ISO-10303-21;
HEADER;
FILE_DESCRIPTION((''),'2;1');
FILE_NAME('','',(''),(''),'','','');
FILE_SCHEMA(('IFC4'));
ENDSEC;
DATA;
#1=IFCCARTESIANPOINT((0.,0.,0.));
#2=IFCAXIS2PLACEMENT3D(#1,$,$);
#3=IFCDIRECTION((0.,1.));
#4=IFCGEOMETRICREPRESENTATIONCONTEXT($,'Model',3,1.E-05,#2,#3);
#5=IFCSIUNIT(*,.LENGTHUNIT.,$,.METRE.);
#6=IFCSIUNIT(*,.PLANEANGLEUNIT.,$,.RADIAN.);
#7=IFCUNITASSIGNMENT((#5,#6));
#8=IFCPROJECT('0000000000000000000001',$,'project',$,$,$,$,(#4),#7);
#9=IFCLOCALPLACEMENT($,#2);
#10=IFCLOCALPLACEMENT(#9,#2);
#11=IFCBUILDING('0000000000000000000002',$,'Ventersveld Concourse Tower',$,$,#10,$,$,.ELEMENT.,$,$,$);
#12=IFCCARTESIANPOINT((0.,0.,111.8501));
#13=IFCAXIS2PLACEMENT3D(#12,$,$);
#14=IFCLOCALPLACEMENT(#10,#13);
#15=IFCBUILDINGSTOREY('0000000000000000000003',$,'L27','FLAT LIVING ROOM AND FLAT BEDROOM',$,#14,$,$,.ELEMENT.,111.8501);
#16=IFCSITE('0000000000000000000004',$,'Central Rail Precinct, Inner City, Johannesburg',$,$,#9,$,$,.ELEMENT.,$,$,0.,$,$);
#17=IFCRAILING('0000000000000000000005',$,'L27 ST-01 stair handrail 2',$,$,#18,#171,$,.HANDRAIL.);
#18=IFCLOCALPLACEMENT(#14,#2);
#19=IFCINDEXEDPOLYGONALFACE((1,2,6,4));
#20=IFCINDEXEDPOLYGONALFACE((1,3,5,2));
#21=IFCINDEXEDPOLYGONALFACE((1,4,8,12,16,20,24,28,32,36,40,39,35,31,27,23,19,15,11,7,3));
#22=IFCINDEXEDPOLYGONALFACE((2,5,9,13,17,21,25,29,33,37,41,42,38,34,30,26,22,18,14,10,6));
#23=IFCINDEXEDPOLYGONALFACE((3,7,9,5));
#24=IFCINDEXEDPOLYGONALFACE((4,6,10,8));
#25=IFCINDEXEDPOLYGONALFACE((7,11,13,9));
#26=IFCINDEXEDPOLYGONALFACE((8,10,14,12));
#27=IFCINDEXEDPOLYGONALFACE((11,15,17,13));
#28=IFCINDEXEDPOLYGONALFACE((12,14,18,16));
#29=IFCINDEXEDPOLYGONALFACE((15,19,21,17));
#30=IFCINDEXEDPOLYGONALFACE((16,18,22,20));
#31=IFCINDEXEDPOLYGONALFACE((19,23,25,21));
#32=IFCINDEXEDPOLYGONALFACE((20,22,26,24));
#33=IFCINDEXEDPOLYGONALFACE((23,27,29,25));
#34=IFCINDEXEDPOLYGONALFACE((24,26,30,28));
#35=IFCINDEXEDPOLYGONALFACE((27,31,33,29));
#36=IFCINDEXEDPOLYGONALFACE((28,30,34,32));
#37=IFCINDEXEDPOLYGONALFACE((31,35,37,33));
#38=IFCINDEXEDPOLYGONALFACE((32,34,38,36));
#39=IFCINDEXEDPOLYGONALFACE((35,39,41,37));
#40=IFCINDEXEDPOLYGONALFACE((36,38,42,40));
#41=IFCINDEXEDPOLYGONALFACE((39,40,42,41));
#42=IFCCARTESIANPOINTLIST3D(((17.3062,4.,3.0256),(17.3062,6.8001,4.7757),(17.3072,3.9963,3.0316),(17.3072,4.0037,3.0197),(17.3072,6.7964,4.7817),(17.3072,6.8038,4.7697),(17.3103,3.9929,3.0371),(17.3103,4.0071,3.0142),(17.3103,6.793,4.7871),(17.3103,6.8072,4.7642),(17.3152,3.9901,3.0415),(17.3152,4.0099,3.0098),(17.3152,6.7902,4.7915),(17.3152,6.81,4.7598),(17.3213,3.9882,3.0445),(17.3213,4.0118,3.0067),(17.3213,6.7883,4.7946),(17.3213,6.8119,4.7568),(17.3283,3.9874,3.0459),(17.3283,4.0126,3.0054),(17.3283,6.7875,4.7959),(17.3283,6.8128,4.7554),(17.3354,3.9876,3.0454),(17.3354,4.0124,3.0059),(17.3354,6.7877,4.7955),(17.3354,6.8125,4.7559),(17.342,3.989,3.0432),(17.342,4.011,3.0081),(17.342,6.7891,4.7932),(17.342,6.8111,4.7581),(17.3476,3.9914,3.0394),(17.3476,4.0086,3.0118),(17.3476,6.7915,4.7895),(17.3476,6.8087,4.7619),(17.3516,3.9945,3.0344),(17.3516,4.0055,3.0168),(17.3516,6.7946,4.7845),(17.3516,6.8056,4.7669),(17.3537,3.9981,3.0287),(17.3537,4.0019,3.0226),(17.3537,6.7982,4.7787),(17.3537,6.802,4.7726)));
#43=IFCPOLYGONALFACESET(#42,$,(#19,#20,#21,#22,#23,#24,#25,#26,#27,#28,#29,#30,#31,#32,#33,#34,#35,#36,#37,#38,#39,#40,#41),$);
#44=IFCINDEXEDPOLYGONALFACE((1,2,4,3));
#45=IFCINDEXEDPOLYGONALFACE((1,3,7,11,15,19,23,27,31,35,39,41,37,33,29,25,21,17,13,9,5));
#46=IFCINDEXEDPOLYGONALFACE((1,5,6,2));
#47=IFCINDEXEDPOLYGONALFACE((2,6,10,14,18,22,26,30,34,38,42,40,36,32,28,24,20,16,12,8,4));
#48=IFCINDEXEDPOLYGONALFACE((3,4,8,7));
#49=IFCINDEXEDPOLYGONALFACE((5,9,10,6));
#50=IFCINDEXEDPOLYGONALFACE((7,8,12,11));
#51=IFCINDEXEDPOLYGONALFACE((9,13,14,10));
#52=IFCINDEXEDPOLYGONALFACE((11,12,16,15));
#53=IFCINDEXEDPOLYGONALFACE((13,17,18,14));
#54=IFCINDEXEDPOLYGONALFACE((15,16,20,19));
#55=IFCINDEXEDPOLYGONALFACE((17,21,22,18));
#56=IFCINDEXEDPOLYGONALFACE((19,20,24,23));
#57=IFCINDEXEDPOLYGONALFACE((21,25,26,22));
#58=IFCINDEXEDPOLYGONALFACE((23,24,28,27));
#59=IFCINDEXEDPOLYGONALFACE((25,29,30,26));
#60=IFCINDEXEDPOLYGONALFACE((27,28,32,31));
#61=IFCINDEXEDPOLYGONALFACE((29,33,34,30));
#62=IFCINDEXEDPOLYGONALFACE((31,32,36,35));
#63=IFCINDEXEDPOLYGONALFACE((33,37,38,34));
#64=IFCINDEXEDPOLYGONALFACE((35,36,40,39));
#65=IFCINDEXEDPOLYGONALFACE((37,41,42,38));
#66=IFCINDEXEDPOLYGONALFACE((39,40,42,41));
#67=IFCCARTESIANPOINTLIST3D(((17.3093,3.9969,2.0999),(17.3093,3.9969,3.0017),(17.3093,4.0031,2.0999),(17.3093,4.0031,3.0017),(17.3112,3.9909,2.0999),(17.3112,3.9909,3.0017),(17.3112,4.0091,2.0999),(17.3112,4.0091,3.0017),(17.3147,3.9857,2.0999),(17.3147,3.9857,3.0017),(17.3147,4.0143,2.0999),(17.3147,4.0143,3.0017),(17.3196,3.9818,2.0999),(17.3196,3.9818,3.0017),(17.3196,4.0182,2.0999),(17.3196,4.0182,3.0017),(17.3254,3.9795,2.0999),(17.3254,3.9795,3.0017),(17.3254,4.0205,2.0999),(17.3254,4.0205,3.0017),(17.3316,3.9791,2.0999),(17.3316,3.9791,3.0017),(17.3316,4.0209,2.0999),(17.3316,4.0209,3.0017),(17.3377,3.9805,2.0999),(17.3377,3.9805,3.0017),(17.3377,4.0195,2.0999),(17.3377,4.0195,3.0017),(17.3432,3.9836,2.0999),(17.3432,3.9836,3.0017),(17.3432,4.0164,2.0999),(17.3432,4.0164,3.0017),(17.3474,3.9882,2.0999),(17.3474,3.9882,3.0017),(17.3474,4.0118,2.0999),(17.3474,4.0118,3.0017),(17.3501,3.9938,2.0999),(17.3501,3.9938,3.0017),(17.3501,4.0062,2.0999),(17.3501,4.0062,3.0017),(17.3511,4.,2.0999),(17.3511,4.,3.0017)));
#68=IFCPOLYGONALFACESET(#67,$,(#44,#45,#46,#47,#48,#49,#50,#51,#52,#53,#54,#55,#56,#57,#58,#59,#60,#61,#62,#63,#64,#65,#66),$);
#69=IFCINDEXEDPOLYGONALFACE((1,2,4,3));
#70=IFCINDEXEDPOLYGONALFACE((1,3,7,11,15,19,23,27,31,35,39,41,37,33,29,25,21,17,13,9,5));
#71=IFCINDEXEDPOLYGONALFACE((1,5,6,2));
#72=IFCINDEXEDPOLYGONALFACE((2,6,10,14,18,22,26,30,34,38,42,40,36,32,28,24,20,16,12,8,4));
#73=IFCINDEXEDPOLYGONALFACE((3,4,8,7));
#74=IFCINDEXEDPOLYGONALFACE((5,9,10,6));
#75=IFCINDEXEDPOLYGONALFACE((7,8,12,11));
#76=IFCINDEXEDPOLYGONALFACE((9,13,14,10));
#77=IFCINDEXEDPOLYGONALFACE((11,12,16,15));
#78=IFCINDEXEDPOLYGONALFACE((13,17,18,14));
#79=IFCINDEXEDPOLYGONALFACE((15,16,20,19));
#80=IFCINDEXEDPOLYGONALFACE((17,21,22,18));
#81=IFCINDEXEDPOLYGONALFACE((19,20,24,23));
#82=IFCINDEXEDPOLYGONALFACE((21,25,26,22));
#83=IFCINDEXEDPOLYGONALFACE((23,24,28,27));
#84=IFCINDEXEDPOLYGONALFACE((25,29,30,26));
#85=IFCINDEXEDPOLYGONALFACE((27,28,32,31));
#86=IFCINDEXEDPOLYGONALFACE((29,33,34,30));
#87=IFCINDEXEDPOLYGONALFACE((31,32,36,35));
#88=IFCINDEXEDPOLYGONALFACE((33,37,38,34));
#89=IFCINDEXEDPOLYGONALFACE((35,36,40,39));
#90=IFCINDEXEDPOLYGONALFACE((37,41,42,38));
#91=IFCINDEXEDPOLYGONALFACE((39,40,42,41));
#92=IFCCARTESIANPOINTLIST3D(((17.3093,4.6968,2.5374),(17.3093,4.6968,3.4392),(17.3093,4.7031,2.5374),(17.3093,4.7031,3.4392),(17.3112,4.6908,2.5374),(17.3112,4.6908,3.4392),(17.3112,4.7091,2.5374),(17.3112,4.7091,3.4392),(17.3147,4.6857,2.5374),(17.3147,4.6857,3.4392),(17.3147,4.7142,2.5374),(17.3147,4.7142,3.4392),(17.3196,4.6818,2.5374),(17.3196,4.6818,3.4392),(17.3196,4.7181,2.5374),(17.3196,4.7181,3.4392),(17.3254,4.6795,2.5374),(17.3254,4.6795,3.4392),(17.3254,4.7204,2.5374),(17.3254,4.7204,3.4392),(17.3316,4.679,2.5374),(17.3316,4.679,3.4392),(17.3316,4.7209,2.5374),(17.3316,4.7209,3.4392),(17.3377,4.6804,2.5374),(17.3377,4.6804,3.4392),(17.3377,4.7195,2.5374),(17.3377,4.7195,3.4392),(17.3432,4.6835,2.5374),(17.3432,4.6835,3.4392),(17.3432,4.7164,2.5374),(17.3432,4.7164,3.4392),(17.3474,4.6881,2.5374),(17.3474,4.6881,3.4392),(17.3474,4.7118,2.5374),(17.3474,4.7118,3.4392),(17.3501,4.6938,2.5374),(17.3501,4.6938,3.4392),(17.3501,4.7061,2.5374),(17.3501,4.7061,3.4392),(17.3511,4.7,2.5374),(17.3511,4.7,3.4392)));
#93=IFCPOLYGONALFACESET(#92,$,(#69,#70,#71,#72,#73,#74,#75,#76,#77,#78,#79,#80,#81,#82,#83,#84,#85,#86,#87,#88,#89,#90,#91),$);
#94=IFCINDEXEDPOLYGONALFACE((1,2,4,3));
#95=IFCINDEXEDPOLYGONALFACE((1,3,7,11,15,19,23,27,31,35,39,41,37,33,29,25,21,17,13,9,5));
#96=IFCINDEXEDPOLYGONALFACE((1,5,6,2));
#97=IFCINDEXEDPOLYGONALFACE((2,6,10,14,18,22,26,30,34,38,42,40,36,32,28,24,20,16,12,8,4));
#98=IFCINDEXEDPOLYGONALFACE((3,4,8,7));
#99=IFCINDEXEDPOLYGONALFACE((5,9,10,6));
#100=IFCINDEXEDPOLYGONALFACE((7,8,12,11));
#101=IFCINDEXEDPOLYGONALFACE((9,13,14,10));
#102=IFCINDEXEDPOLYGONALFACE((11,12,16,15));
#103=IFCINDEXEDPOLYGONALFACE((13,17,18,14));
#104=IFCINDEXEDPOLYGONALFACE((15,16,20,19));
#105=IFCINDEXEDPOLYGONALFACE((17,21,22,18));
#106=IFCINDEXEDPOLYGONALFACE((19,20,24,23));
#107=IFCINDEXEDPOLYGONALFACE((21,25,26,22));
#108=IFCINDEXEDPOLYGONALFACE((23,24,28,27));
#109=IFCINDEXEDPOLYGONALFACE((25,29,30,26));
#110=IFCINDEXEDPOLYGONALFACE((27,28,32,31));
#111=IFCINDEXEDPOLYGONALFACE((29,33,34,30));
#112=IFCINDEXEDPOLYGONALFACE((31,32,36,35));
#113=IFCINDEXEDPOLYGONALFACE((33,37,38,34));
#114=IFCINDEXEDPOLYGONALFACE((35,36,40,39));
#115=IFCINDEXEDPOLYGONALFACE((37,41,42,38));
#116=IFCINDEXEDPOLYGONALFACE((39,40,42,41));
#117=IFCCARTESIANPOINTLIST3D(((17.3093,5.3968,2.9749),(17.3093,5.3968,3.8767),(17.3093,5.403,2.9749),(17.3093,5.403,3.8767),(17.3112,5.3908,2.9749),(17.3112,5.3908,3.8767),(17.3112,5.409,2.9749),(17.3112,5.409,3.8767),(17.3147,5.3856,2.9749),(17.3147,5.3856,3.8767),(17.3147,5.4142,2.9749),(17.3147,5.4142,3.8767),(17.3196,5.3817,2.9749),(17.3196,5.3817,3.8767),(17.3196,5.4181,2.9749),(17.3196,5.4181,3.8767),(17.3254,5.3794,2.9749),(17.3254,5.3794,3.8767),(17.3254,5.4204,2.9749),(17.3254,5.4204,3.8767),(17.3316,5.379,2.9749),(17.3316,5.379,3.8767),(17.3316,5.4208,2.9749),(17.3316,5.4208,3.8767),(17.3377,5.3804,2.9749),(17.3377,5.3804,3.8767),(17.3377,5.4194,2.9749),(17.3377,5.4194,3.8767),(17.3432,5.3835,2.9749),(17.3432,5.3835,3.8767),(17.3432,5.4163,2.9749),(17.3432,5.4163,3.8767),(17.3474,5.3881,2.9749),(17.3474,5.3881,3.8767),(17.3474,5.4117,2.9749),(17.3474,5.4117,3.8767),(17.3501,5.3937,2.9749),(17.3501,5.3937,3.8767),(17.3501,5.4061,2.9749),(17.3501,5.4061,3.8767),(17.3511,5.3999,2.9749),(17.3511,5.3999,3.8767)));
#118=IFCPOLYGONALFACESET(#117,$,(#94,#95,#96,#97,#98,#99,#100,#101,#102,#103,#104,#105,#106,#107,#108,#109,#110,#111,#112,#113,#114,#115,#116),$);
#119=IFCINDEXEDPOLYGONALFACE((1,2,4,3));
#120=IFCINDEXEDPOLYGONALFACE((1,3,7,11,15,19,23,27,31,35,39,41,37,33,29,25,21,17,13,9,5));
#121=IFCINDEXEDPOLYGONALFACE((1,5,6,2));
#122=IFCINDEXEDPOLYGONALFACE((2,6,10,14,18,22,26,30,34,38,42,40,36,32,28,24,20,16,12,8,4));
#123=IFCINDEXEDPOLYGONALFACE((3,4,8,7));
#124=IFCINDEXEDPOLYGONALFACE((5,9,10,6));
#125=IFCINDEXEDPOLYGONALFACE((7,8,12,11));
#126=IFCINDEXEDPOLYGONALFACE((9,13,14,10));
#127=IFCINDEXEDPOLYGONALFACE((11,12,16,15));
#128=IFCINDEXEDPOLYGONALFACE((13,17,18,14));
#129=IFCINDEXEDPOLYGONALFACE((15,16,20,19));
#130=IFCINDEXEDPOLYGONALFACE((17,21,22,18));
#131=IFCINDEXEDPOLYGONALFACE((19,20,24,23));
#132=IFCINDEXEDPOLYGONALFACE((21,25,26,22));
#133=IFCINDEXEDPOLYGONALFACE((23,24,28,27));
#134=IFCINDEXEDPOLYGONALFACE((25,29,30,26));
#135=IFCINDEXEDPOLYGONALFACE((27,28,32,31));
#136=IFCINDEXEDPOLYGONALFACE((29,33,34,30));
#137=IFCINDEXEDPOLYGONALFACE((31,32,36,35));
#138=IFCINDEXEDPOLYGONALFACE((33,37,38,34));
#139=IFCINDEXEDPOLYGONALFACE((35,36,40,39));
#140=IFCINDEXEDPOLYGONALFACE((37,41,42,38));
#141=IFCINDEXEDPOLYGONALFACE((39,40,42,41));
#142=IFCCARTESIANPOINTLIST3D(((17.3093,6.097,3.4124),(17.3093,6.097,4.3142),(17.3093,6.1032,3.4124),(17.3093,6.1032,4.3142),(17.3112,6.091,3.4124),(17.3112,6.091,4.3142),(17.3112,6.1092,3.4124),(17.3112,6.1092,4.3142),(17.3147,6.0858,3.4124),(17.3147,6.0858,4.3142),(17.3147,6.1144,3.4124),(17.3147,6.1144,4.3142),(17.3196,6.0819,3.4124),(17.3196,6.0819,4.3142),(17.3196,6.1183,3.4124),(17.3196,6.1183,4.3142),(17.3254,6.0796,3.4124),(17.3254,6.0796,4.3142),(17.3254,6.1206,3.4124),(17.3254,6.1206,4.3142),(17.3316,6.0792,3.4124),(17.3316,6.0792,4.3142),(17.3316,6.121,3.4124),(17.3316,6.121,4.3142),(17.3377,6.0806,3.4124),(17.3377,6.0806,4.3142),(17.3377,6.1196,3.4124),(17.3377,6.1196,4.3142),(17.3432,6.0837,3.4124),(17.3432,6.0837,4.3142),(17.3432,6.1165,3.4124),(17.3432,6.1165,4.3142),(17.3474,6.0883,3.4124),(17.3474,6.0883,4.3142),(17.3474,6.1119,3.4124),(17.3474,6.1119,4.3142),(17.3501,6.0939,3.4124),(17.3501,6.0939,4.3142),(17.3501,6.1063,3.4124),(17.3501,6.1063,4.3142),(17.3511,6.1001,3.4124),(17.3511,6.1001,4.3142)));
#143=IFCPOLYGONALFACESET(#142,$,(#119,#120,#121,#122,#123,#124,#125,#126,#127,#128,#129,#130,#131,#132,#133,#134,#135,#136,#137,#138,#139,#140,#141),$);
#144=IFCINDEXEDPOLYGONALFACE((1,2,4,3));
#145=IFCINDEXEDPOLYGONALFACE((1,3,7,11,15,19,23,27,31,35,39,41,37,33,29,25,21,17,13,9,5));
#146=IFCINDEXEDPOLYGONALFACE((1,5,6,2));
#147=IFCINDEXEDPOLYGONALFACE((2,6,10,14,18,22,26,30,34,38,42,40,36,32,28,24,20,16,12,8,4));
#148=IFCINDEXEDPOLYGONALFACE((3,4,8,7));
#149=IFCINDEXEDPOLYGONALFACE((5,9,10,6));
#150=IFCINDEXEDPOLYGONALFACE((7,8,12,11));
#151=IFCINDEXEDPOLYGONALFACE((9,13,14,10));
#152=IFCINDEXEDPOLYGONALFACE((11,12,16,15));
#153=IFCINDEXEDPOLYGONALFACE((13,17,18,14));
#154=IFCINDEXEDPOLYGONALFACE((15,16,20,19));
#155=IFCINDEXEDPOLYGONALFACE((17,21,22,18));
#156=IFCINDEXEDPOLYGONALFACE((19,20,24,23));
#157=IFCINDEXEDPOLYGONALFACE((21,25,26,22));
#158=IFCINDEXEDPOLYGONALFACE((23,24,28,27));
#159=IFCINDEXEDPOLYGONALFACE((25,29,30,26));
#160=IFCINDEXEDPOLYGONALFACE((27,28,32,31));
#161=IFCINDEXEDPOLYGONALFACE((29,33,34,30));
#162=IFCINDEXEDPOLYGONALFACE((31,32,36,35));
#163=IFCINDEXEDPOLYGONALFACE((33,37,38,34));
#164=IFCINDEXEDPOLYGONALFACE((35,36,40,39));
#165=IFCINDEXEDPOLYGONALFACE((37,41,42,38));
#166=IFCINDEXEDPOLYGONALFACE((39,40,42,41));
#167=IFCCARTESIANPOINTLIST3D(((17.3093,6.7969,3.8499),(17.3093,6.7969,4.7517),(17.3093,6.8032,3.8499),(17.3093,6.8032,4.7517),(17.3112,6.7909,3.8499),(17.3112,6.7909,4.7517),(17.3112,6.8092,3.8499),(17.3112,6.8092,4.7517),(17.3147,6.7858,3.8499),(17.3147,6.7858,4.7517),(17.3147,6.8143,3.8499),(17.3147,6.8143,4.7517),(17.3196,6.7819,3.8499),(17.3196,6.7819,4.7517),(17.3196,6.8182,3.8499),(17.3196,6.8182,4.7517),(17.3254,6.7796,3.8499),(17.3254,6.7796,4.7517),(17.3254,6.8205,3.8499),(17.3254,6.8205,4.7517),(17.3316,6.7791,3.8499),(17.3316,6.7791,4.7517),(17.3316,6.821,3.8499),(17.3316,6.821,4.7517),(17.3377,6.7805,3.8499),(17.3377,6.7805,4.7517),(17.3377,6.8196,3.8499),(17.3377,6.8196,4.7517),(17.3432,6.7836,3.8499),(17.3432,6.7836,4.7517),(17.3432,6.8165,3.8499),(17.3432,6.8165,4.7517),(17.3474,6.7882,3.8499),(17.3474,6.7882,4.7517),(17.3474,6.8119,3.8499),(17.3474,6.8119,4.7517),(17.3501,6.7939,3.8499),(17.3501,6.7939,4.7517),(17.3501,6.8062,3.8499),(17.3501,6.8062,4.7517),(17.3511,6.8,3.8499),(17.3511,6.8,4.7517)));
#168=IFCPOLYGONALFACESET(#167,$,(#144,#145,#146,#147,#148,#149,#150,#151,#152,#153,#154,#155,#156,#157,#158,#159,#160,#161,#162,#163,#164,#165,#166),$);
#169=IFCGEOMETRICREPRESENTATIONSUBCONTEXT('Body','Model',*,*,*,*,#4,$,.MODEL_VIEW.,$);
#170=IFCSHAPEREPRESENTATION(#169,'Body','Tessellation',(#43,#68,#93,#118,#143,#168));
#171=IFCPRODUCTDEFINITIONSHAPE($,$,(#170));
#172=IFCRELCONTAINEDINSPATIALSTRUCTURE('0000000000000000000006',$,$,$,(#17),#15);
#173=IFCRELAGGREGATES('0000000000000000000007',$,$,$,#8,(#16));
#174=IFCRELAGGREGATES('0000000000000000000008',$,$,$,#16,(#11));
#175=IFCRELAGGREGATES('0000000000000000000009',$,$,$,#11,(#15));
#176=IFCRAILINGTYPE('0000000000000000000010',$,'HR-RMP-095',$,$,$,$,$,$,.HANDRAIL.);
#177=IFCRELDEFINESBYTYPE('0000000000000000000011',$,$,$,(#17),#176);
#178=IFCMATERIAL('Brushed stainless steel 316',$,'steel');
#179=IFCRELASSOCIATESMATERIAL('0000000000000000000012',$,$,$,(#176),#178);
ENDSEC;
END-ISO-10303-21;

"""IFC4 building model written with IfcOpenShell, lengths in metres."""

from ifc_helpers import new_model, si_unit, direction, frame, origin, origin_2d, place, context, subcontext, project, spatial, circle, extrude, material, type_object, element, save


model = new_model("IFC4")

# Units and contexts
model_context = context("Model", 3, precision=1e-05, world=origin(), true_north=direction((0.0, 1.0)))
body_context = subcontext(model_context, "Body", "Model", "MODEL_VIEW")
ifc_project = project(units=[si_unit("LENGTHUNIT", "METRE"), si_unit("PLANEANGLEUNIT", "RADIAN")], contexts=[model_context])

# Site, building, storey
site_placement = place(None, origin())
site = spatial("IfcSite", under=ifc_project, at=site_placement, Name="Central Rail Precinct, Inner City, Johannesburg", CompositionType="ELEMENT", RefElevation=0.0)
building_placement = place(site_placement, origin())
building = spatial("IfcBuilding", under=site, at=building_placement, Name="Ventersveld Concourse Tower", CompositionType="ELEMENT")
storey_placement = place(building_placement, frame((0.0, 0.0, 111.8501)))
storey = spatial("IfcBuildingStorey", under=building, at=storey_placement, Name="L27", Description="FLAT LIVING ROOM AND FLAT BEDROOM", CompositionType="ELEMENT", Elevation=111.8501)

# Shared definitions
ifc_material_1 = material(Name="Brushed stainless steel 316", Category="steel")

# Railing
railing_type_1 = type_object("IfcRailingType", Name="HR-RMP-095", PredefinedType="HANDRAIL", material=ifc_material_1)
railing_1_placement = place(storey_placement, frame((17.3301, 4.0, 2.0999)))
element("IfcRailing", 1, at=railing_1_placement, inside=storey, type_object=railing_type_1, Name="L27 ST-01 stair handrail 2", PredefinedType="HANDRAIL", context=body_context, shape_type="SweptSolid", body=[
    extrude(circle(Radius=0.0239, at=origin_2d()), frame((0.0, 0.0, 0.9258), z_axis=(0.0, 0.848002, 0.529992), x_axis=(-1.0, 0.0, 0.0)), (0.0, 0.0, 1.0), 3.302),
    extrude(circle(Radius=0.021, at=origin_2d()), origin(), (0.0, 0.0, 1.0), 0.9019),
    extrude(circle(Radius=0.021, at=origin_2d()), frame((0.0, 0.7, 0.4375)), (0.0, 0.0, 1.0), 0.9019),
    extrude(circle(Radius=0.021, at=origin_2d()), frame((0.0, 1.3999, 0.875)), (0.0, 0.0, 1.0), 0.9019),
    extrude(circle(Radius=0.021, at=origin_2d()), frame((0.0, 2.1001, 1.3125)), (0.0, 0.0, 1.0), 0.9019),
    extrude(circle(Radius=0.021, at=origin_2d()), frame((0.0, 2.8, 1.75)), (0.0, 0.0, 1.0), 0.9019),
])

save(model, "model.ifc")
